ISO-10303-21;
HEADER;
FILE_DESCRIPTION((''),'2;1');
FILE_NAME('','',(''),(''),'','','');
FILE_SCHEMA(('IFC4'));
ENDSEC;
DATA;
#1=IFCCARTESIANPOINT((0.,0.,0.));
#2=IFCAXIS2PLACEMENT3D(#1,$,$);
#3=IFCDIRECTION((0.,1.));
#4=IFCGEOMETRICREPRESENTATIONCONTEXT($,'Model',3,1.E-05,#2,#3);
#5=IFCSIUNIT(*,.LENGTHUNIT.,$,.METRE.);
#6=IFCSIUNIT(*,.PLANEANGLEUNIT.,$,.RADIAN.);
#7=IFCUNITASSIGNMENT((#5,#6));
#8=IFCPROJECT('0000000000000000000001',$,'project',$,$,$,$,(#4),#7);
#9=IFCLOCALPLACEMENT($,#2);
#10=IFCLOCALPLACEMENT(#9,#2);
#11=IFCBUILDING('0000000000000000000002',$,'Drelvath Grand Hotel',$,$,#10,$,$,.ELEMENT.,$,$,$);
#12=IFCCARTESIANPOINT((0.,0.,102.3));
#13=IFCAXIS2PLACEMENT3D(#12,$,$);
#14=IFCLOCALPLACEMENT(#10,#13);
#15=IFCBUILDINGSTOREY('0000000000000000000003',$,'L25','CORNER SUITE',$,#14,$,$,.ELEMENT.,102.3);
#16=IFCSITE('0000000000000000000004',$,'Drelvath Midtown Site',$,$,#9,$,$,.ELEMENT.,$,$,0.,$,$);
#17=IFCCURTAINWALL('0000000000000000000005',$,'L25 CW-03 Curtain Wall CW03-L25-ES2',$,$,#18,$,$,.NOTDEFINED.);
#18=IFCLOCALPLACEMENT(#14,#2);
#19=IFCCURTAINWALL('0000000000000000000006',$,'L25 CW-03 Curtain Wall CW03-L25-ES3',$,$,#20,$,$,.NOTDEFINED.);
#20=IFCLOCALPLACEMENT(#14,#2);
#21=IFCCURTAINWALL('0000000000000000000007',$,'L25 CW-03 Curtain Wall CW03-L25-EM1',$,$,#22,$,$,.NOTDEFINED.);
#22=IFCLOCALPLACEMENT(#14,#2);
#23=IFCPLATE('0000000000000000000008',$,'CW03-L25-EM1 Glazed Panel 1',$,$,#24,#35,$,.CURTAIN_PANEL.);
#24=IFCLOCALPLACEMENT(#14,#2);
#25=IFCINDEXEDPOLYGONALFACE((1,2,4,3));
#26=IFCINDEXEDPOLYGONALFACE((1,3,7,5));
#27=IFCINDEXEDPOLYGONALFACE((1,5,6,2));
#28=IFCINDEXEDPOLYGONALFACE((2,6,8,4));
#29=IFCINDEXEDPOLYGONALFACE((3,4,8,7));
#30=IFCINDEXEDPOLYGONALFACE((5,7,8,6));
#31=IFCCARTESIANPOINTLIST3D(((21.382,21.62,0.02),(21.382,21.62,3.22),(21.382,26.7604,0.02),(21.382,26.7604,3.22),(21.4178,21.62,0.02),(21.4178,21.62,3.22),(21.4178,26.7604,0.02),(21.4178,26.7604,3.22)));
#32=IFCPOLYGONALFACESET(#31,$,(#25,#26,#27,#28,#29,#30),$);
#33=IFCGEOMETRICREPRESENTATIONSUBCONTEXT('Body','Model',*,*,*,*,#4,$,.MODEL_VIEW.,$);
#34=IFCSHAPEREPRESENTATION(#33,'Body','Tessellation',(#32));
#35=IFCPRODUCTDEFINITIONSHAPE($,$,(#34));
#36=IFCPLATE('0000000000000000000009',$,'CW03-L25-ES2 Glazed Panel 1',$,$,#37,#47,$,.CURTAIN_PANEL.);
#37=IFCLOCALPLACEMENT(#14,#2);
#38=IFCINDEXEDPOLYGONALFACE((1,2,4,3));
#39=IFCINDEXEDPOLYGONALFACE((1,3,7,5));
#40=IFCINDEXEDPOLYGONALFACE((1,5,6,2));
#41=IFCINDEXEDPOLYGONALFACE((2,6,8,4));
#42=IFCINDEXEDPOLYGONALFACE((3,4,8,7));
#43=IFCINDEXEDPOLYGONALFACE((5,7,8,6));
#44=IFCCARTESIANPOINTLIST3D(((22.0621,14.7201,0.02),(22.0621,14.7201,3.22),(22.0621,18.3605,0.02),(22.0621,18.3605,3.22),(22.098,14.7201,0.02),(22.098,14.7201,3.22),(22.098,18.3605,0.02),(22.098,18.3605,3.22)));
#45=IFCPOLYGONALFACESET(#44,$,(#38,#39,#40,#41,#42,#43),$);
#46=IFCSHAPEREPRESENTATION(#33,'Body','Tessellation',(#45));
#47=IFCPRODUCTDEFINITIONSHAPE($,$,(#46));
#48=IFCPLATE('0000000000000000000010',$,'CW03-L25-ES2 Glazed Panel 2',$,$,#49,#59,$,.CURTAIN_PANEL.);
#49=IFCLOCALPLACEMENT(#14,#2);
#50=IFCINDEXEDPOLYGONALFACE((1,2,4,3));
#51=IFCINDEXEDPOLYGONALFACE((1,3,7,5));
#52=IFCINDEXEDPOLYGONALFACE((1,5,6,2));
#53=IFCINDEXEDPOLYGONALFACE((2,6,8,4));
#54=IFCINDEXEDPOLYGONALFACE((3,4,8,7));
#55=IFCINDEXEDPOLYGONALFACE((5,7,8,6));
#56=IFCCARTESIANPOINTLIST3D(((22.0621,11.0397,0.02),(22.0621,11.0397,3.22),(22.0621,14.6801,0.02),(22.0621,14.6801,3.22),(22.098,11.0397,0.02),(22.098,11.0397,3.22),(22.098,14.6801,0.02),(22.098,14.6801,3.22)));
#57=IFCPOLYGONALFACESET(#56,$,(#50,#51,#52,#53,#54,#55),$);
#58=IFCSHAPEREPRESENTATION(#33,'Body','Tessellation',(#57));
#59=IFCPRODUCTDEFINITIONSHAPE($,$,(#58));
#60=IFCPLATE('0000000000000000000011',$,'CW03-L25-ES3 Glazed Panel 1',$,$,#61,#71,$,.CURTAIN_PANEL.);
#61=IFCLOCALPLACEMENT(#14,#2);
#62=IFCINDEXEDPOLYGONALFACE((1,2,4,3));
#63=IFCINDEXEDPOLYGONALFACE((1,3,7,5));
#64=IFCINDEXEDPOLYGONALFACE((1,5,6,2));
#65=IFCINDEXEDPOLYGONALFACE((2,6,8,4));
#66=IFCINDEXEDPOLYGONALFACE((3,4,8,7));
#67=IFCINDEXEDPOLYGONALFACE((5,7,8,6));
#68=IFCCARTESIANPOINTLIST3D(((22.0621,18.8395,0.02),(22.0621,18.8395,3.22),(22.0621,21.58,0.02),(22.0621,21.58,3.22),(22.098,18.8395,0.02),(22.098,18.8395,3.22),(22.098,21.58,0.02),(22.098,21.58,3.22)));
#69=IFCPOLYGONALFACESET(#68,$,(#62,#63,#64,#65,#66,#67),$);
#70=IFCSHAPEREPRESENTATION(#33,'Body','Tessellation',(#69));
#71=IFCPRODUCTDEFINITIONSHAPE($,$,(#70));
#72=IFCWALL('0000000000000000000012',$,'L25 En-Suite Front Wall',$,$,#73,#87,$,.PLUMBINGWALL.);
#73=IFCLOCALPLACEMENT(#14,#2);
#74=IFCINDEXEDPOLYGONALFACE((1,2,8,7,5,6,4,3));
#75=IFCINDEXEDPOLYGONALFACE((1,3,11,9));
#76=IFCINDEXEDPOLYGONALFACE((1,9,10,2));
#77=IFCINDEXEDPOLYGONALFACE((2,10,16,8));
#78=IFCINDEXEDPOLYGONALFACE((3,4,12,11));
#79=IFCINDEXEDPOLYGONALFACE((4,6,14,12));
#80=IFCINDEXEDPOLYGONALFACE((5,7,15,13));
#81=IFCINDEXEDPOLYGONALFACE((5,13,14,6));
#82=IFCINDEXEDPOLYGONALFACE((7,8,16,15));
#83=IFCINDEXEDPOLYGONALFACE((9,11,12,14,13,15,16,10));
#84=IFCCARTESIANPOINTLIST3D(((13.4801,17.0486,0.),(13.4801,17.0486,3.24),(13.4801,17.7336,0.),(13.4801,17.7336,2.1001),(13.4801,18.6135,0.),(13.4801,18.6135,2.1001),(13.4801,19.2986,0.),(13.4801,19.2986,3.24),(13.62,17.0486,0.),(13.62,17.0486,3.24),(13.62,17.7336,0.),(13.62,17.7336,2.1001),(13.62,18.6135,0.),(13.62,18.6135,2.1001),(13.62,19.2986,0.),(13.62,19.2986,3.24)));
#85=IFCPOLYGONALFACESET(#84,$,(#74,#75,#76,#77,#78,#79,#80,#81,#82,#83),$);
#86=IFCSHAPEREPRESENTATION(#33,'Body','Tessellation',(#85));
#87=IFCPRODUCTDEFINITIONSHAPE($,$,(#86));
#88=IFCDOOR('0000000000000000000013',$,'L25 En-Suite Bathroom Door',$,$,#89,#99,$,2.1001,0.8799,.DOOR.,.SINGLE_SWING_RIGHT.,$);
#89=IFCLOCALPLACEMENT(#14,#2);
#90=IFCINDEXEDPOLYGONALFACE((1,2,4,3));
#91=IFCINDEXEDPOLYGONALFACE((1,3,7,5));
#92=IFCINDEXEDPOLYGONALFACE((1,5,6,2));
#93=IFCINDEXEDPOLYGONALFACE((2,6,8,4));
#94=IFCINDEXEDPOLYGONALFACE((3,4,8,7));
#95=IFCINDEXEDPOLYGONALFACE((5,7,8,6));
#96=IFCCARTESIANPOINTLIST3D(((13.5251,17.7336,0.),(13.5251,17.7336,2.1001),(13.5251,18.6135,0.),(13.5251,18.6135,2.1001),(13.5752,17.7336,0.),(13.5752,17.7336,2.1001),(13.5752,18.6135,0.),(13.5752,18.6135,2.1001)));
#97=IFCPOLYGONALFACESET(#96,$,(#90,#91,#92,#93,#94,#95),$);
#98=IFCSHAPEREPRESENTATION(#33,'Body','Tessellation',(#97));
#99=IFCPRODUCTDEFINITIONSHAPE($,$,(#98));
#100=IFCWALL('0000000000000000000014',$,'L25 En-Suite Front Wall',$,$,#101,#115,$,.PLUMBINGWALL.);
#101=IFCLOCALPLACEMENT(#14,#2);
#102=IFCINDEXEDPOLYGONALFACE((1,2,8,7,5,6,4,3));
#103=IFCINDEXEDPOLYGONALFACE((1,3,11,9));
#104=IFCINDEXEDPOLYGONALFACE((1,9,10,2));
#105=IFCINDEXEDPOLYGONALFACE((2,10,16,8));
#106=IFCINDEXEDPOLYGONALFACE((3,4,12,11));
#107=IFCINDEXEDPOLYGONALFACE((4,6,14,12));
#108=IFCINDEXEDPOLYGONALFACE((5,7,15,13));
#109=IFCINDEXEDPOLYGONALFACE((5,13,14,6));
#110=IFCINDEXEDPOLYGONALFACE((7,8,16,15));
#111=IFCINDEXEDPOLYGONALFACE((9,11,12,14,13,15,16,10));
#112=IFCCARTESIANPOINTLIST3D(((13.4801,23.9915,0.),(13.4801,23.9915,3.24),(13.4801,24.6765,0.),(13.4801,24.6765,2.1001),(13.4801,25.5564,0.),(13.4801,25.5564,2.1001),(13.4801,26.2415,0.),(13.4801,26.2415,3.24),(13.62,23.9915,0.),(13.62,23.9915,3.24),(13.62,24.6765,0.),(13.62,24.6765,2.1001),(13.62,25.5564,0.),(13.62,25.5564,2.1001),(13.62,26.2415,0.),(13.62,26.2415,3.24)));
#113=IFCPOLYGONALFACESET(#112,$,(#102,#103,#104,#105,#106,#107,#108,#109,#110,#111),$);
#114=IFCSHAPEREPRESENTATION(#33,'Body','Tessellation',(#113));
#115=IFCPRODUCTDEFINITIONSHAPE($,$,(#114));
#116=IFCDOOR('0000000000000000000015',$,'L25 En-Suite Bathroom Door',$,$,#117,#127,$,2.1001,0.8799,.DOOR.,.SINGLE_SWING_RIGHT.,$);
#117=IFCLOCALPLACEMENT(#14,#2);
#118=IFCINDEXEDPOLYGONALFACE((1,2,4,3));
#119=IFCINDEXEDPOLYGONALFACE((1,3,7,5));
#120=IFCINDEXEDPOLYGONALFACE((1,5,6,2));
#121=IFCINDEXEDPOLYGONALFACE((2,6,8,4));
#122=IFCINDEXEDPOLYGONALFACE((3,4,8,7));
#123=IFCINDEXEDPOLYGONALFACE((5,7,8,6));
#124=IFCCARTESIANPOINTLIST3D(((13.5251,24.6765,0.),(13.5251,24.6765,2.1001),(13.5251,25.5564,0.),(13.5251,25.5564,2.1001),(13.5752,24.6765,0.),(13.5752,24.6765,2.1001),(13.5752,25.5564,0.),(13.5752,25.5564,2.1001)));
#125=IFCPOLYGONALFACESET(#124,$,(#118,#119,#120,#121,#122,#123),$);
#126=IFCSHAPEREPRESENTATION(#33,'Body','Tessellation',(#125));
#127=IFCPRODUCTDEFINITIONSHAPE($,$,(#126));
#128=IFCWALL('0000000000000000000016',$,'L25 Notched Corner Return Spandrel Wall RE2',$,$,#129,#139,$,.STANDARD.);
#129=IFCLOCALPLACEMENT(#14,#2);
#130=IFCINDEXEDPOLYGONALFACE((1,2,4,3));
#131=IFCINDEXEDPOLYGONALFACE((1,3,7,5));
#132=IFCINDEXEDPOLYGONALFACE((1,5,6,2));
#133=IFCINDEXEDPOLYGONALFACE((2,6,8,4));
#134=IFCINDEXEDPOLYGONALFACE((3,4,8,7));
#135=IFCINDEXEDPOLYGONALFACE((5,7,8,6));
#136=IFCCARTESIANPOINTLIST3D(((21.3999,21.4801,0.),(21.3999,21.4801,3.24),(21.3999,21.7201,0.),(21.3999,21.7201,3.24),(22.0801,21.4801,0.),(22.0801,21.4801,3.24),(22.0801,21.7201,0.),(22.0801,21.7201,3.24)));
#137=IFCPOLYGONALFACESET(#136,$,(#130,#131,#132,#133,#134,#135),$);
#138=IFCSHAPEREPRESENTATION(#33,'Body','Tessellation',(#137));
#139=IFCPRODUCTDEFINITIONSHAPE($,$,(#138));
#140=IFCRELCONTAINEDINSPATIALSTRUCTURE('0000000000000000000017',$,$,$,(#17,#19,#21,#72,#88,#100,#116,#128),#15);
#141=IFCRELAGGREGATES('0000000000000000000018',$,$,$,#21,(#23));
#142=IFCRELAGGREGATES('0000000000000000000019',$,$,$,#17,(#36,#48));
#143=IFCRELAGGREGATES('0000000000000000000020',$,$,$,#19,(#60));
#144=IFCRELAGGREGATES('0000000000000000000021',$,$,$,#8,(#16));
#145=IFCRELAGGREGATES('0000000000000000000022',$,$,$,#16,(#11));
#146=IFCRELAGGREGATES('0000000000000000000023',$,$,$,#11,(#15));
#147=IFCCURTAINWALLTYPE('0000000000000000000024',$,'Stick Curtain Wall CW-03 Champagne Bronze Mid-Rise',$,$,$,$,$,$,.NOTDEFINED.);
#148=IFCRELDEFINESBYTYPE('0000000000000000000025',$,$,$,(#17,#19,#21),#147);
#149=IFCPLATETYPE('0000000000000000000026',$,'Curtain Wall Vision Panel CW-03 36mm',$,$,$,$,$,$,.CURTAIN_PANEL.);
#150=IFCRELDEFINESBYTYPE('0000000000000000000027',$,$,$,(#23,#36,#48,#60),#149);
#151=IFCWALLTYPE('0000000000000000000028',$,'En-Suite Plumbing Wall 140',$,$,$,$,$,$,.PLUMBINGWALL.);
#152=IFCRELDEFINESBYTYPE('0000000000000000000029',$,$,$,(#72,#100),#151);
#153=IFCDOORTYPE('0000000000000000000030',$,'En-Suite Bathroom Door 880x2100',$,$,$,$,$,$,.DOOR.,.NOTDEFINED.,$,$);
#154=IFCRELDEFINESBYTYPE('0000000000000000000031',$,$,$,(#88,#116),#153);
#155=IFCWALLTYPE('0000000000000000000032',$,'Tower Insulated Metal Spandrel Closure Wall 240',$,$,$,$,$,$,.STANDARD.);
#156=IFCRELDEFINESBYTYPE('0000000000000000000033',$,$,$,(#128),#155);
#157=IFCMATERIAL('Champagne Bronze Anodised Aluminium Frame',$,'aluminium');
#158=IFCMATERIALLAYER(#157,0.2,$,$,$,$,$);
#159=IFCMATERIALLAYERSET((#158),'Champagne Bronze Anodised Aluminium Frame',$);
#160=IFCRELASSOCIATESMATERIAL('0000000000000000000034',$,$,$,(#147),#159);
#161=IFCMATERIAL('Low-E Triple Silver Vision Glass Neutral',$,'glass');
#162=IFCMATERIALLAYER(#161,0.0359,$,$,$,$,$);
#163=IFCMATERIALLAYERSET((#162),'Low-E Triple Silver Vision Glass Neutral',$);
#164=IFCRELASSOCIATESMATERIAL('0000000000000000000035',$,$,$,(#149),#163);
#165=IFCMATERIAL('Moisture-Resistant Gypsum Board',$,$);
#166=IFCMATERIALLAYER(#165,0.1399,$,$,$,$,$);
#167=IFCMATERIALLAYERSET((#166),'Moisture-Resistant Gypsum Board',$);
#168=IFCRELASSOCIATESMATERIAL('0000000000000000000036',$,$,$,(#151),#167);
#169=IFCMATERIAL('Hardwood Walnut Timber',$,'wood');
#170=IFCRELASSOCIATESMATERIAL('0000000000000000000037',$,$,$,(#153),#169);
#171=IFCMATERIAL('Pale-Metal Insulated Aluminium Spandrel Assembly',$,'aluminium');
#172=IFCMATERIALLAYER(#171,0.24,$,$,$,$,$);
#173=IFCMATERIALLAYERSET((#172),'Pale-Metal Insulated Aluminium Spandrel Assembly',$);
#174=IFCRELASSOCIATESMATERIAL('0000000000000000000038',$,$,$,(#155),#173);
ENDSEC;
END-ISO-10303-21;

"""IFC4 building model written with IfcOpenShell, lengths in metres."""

from ifc_helpers import new_model, si_unit, direction, frame, frame_2d, origin, origin_2d, place, context, subcontext, project, spatial, rectangle, extrude, material, layer, layer_set, type_object, element, fill, aggregate, save


model = new_model("IFC4")

# Units and contexts
model_context = context("Model", 3, precision=1e-05, world=origin(), true_north=direction((0.0, 1.0)))
body_context = subcontext(model_context, "Body", "Model", "MODEL_VIEW")
ifc_project = project(units=[si_unit("LENGTHUNIT", "METRE"), si_unit("PLANEANGLEUNIT", "RADIAN")], contexts=[model_context])

# Site, building, storey
site_placement = place(None, origin())
site = spatial("IfcSite", under=ifc_project, at=site_placement, Name="Drelvath Midtown Site", CompositionType="ELEMENT", RefElevation=0.0)
building_placement = place(site_placement, origin())
building = spatial("IfcBuilding", under=site, at=building_placement, Name="Drelvath Grand Hotel", CompositionType="ELEMENT")
storey_placement = place(building_placement, frame((0.0, 0.0, 102.3)))
storey = spatial("IfcBuildingStorey", under=building, at=storey_placement, Name="L25", Description="CORNER SUITE", CompositionType="ELEMENT", Elevation=102.3)

# Curtain walls
ifc_material_1 = material(Name="Champagne Bronze Anodised Aluminium Frame", Category="aluminium")
ifc_layer_1 = layer(ifc_material_1, 0.2)
ifc_layer_set_1 = layer_set([ifc_layer_1], Name="Champagne Bronze Anodised Aluminium Frame")
curtain_wall_type = type_object("IfcCurtainWallType", Name="Stick Curtain Wall CW-03 Champagne Bronze Mid-Rise", PredefinedType="NOTDEFINED", material=ifc_layer_set_1)
curtain_wall_1_placement = place(storey_placement, origin())
curtain_wall_1 = element("IfcCurtainWall", 1, at=curtain_wall_1_placement, inside=storey, type_object=curtain_wall_type, Name="L25 CW-03 Curtain Wall CW03-L25-ES2", PredefinedType="NOTDEFINED")
curtain_wall_2_placement = place(storey_placement, origin())
curtain_wall_2 = element("IfcCurtainWall", 2, at=curtain_wall_2_placement, inside=storey, type_object=curtain_wall_type, Name="L25 CW-03 Curtain Wall CW03-L25-ES3", PredefinedType="NOTDEFINED")
curtain_wall_3_placement = place(storey_placement, origin())
curtain_wall_3 = element("IfcCurtainWall", 3, at=curtain_wall_3_placement, inside=storey, type_object=curtain_wall_type, Name="L25 CW-03 Curtain Wall CW03-L25-EM1", PredefinedType="NOTDEFINED")

# Plates
ifc_material_2 = material(Name="Low-E Triple Silver Vision Glass Neutral", Category="glass")
ifc_layer_2 = layer(ifc_material_2, 0.0359)
ifc_layer_set_2 = layer_set([ifc_layer_2], Name="Low-E Triple Silver Vision Glass Neutral")
plate_type = type_object("IfcPlateType", Name="Curtain Wall Vision Panel CW-03 36mm", PredefinedType="CURTAIN_PANEL", material=ifc_layer_set_2)
plate_1_placement = place(storey_placement, frame((21.3999, 24.1902, 0.02), z_axis=(0.0, 0.0, 1.0), x_axis=(0.0, -1.0, 0.0)))
plate_1 = element("IfcPlate", 4, at=plate_1_placement, type_object=plate_type, Name="CW03-L25-EM1 Glazed Panel 1", PredefinedType="CURTAIN_PANEL", context=body_context, shape_type="SweptSolid", body=[
    extrude(rectangle(XDim=5.1404, YDim=0.0359, at=origin_2d()), origin(), (0.0, 0.0, 1.0), 3.2),
])
aggregate(curtain_wall_3, [plate_1])
plate_2_placement = place(storey_placement, frame((22.0801, 16.5403, 0.02), z_axis=(0.0, 0.0, 1.0), x_axis=(0.0, -1.0, 0.0)))
plate_2 = element("IfcPlate", 5, at=plate_2_placement, type_object=plate_type, Name="CW03-L25-ES2 Glazed Panel 1", PredefinedType="CURTAIN_PANEL", context=body_context, shape_type="SweptSolid", body=[
    extrude(rectangle(XDim=3.6404, YDim=0.0359, at=origin_2d()), origin(), (0.0, 0.0, 1.0), 3.2),
])
plate_3_placement = place(storey_placement, frame((22.0801, 12.8599, 0.02), z_axis=(0.0, 0.0, 1.0), x_axis=(0.0, -1.0, 0.0)))
plate_3 = element("IfcPlate", 6, at=plate_3_placement, type_object=plate_type, Name="CW03-L25-ES2 Glazed Panel 2", PredefinedType="CURTAIN_PANEL", context=body_context, shape_type="SweptSolid", body=[
    extrude(rectangle(XDim=3.6404, YDim=0.0359, at=origin_2d()), origin(), (0.0, 0.0, 1.0), 3.2),
])
aggregate(curtain_wall_1, [plate_2, plate_3])
plate_4_placement = place(storey_placement, frame((22.0801, 20.2097, 0.02), z_axis=(0.0, 0.0, 1.0), x_axis=(0.0, -1.0, 0.0)))
plate_4 = element("IfcPlate", 7, at=plate_4_placement, type_object=plate_type, Name="CW03-L25-ES3 Glazed Panel 1", PredefinedType="CURTAIN_PANEL", context=body_context, shape_type="SweptSolid", body=[
    extrude(rectangle(XDim=2.7405, YDim=0.0359, at=origin_2d()), origin(), (0.0, 0.0, 1.0), 3.2),
])
aggregate(curtain_wall_2, [plate_4])

# Walls, openings, doors
ifc_material_3 = material(Name="Moisture-Resistant Gypsum Board")
ifc_layer_3 = layer(ifc_material_3, 0.1399)
ifc_layer_set_3 = layer_set([ifc_layer_3], Name="Moisture-Resistant Gypsum Board")
wall_type_1 = type_object("IfcWallType", Name="En-Suite Plumbing Wall 140", PredefinedType="PLUMBINGWALL", material=ifc_layer_set_3)
wall_1_placement = place(storey_placement, frame((13.55, 17.0486, 0.0), z_axis=(0.0, 0.0, 1.0), x_axis=(0.0, 1.0, 0.0)))
wall_1 = element("IfcWall", 8, at=wall_1_placement, inside=storey, type_object=wall_type_1, Name="L25 En-Suite Front Wall", PredefinedType="PLUMBINGWALL", context=body_context, shape_type="SweptSolid", body=[
    extrude(rectangle(XDim=2.25, YDim=0.1399, at=frame_2d((1.125, 0.0))), origin(), (0.0, 0.0, 1.0), 3.24),
])
opening_1_placement = place(wall_1_placement, frame((0.6851, 0.0, 0.0)))
opening_1 = element("IfcOpeningElement", 9, at=opening_1_placement, cuts=wall_1, PredefinedType="OPENING", context=body_context, shape_type="SweptSolid", body=[
    extrude(rectangle(XDim=0.8799, YDim=2.1001, at=frame_2d((0.4399, 1.05))), frame((0.0, 0.0798, 0.0), z_axis=(0.0, -1.0, 0.0), x_axis=(1.0, 0.0, 0.0)), (0.0, 0.0, 1.0), 0.1599),
])
ifc_material_4 = material(Name="Hardwood Walnut Timber", Category="wood")
door_type = type_object("IfcDoorType", Name="En-Suite Bathroom Door 880x2100", OperationType="NOTDEFINED", PredefinedType="DOOR", material=ifc_material_4)
door_1_placement = place(opening_1_placement, origin())
door_1 = element("IfcDoor", 10, at=door_1_placement, inside=storey, type_object=door_type, Name="L25 En-Suite Bathroom Door", OperationType="SINGLE_SWING_RIGHT", OverallHeight=2.1001, OverallWidth=0.8799, PredefinedType="DOOR", context=body_context, shape_type="SweptSolid", body=[
    extrude(rectangle(XDim=0.8799, YDim=2.1001, at=frame_2d((0.4399, 1.05))), frame((0.0, 0.0249, 0.0), z_axis=(0.0, -1.0, 0.0), x_axis=(1.0, 0.0, 0.0)), (0.0, 0.0, 1.0), 0.05),
])
fill(opening_1, door_1)
wall_2_placement = place(storey_placement, frame((13.55, 23.9915, 0.0), z_axis=(0.0, 0.0, 1.0), x_axis=(0.0, 1.0, 0.0)))
wall_2 = element("IfcWall", 11, at=wall_2_placement, inside=storey, type_object=wall_type_1, Name="L25 En-Suite Front Wall", PredefinedType="PLUMBINGWALL", context=body_context, shape_type="SweptSolid", body=[
    extrude(rectangle(XDim=2.25, YDim=0.1399, at=frame_2d((1.125, 0.0))), origin(), (0.0, 0.0, 1.0), 3.24),
])
opening_2_placement = place(wall_2_placement, frame((0.6851, 0.0, 0.0)))
opening_2 = element("IfcOpeningElement", 12, at=opening_2_placement, cuts=wall_2, PredefinedType="OPENING", context=body_context, shape_type="SweptSolid", body=[
    extrude(rectangle(XDim=0.8799, YDim=2.1001, at=frame_2d((0.4399, 1.05))), frame((0.0, 0.0798, 0.0), z_axis=(0.0, -1.0, 0.0), x_axis=(1.0, 0.0, 0.0)), (0.0, 0.0, 1.0), 0.1599),
])
door_2_placement = place(opening_2_placement, origin())
door_2 = element("IfcDoor", 13, at=door_2_placement, inside=storey, type_object=door_type, Name="L25 En-Suite Bathroom Door", OperationType="SINGLE_SWING_RIGHT", OverallHeight=2.1001, OverallWidth=0.8799, PredefinedType="DOOR", context=body_context, shape_type="SweptSolid", body=[
    extrude(rectangle(XDim=0.8799, YDim=2.1001, at=frame_2d((0.4399, 1.05))), frame((0.0, 0.0249, 0.0), z_axis=(0.0, -1.0, 0.0), x_axis=(1.0, 0.0, 0.0)), (0.0, 0.0, 1.0), 0.05),
])
fill(opening_2, door_2)

# Wall
ifc_material_5 = material(Name="Pale-Metal Insulated Aluminium Spandrel Assembly", Category="aluminium")
ifc_layer_4 = layer(ifc_material_5, 0.24)
ifc_layer_set_4 = layer_set([ifc_layer_4], Name="Pale-Metal Insulated Aluminium Spandrel Assembly")
wall_type_2 = type_object("IfcWallType", Name="Tower Insulated Metal Spandrel Closure Wall 240", PredefinedType="STANDARD", material=ifc_layer_set_4)
wall_3_placement = place(storey_placement, frame((21.3999, 21.6001, 0.0), z_axis=(0.0, 0.0, 1.0), x_axis=(1.0, 0.0, 0.0)))
element("IfcWall", 14, at=wall_3_placement, inside=storey, type_object=wall_type_2, Name="L25 Notched Corner Return Spandrel Wall RE2", PredefinedType="STANDARD", context=body_context, shape_type="SweptSolid", body=[
    extrude(rectangle(XDim=0.6802, YDim=0.24, at=frame_2d((0.3401, 0.0))), origin(), (0.0, 0.0, 1.0), 3.24),
])

save(model, "model.ifc")
